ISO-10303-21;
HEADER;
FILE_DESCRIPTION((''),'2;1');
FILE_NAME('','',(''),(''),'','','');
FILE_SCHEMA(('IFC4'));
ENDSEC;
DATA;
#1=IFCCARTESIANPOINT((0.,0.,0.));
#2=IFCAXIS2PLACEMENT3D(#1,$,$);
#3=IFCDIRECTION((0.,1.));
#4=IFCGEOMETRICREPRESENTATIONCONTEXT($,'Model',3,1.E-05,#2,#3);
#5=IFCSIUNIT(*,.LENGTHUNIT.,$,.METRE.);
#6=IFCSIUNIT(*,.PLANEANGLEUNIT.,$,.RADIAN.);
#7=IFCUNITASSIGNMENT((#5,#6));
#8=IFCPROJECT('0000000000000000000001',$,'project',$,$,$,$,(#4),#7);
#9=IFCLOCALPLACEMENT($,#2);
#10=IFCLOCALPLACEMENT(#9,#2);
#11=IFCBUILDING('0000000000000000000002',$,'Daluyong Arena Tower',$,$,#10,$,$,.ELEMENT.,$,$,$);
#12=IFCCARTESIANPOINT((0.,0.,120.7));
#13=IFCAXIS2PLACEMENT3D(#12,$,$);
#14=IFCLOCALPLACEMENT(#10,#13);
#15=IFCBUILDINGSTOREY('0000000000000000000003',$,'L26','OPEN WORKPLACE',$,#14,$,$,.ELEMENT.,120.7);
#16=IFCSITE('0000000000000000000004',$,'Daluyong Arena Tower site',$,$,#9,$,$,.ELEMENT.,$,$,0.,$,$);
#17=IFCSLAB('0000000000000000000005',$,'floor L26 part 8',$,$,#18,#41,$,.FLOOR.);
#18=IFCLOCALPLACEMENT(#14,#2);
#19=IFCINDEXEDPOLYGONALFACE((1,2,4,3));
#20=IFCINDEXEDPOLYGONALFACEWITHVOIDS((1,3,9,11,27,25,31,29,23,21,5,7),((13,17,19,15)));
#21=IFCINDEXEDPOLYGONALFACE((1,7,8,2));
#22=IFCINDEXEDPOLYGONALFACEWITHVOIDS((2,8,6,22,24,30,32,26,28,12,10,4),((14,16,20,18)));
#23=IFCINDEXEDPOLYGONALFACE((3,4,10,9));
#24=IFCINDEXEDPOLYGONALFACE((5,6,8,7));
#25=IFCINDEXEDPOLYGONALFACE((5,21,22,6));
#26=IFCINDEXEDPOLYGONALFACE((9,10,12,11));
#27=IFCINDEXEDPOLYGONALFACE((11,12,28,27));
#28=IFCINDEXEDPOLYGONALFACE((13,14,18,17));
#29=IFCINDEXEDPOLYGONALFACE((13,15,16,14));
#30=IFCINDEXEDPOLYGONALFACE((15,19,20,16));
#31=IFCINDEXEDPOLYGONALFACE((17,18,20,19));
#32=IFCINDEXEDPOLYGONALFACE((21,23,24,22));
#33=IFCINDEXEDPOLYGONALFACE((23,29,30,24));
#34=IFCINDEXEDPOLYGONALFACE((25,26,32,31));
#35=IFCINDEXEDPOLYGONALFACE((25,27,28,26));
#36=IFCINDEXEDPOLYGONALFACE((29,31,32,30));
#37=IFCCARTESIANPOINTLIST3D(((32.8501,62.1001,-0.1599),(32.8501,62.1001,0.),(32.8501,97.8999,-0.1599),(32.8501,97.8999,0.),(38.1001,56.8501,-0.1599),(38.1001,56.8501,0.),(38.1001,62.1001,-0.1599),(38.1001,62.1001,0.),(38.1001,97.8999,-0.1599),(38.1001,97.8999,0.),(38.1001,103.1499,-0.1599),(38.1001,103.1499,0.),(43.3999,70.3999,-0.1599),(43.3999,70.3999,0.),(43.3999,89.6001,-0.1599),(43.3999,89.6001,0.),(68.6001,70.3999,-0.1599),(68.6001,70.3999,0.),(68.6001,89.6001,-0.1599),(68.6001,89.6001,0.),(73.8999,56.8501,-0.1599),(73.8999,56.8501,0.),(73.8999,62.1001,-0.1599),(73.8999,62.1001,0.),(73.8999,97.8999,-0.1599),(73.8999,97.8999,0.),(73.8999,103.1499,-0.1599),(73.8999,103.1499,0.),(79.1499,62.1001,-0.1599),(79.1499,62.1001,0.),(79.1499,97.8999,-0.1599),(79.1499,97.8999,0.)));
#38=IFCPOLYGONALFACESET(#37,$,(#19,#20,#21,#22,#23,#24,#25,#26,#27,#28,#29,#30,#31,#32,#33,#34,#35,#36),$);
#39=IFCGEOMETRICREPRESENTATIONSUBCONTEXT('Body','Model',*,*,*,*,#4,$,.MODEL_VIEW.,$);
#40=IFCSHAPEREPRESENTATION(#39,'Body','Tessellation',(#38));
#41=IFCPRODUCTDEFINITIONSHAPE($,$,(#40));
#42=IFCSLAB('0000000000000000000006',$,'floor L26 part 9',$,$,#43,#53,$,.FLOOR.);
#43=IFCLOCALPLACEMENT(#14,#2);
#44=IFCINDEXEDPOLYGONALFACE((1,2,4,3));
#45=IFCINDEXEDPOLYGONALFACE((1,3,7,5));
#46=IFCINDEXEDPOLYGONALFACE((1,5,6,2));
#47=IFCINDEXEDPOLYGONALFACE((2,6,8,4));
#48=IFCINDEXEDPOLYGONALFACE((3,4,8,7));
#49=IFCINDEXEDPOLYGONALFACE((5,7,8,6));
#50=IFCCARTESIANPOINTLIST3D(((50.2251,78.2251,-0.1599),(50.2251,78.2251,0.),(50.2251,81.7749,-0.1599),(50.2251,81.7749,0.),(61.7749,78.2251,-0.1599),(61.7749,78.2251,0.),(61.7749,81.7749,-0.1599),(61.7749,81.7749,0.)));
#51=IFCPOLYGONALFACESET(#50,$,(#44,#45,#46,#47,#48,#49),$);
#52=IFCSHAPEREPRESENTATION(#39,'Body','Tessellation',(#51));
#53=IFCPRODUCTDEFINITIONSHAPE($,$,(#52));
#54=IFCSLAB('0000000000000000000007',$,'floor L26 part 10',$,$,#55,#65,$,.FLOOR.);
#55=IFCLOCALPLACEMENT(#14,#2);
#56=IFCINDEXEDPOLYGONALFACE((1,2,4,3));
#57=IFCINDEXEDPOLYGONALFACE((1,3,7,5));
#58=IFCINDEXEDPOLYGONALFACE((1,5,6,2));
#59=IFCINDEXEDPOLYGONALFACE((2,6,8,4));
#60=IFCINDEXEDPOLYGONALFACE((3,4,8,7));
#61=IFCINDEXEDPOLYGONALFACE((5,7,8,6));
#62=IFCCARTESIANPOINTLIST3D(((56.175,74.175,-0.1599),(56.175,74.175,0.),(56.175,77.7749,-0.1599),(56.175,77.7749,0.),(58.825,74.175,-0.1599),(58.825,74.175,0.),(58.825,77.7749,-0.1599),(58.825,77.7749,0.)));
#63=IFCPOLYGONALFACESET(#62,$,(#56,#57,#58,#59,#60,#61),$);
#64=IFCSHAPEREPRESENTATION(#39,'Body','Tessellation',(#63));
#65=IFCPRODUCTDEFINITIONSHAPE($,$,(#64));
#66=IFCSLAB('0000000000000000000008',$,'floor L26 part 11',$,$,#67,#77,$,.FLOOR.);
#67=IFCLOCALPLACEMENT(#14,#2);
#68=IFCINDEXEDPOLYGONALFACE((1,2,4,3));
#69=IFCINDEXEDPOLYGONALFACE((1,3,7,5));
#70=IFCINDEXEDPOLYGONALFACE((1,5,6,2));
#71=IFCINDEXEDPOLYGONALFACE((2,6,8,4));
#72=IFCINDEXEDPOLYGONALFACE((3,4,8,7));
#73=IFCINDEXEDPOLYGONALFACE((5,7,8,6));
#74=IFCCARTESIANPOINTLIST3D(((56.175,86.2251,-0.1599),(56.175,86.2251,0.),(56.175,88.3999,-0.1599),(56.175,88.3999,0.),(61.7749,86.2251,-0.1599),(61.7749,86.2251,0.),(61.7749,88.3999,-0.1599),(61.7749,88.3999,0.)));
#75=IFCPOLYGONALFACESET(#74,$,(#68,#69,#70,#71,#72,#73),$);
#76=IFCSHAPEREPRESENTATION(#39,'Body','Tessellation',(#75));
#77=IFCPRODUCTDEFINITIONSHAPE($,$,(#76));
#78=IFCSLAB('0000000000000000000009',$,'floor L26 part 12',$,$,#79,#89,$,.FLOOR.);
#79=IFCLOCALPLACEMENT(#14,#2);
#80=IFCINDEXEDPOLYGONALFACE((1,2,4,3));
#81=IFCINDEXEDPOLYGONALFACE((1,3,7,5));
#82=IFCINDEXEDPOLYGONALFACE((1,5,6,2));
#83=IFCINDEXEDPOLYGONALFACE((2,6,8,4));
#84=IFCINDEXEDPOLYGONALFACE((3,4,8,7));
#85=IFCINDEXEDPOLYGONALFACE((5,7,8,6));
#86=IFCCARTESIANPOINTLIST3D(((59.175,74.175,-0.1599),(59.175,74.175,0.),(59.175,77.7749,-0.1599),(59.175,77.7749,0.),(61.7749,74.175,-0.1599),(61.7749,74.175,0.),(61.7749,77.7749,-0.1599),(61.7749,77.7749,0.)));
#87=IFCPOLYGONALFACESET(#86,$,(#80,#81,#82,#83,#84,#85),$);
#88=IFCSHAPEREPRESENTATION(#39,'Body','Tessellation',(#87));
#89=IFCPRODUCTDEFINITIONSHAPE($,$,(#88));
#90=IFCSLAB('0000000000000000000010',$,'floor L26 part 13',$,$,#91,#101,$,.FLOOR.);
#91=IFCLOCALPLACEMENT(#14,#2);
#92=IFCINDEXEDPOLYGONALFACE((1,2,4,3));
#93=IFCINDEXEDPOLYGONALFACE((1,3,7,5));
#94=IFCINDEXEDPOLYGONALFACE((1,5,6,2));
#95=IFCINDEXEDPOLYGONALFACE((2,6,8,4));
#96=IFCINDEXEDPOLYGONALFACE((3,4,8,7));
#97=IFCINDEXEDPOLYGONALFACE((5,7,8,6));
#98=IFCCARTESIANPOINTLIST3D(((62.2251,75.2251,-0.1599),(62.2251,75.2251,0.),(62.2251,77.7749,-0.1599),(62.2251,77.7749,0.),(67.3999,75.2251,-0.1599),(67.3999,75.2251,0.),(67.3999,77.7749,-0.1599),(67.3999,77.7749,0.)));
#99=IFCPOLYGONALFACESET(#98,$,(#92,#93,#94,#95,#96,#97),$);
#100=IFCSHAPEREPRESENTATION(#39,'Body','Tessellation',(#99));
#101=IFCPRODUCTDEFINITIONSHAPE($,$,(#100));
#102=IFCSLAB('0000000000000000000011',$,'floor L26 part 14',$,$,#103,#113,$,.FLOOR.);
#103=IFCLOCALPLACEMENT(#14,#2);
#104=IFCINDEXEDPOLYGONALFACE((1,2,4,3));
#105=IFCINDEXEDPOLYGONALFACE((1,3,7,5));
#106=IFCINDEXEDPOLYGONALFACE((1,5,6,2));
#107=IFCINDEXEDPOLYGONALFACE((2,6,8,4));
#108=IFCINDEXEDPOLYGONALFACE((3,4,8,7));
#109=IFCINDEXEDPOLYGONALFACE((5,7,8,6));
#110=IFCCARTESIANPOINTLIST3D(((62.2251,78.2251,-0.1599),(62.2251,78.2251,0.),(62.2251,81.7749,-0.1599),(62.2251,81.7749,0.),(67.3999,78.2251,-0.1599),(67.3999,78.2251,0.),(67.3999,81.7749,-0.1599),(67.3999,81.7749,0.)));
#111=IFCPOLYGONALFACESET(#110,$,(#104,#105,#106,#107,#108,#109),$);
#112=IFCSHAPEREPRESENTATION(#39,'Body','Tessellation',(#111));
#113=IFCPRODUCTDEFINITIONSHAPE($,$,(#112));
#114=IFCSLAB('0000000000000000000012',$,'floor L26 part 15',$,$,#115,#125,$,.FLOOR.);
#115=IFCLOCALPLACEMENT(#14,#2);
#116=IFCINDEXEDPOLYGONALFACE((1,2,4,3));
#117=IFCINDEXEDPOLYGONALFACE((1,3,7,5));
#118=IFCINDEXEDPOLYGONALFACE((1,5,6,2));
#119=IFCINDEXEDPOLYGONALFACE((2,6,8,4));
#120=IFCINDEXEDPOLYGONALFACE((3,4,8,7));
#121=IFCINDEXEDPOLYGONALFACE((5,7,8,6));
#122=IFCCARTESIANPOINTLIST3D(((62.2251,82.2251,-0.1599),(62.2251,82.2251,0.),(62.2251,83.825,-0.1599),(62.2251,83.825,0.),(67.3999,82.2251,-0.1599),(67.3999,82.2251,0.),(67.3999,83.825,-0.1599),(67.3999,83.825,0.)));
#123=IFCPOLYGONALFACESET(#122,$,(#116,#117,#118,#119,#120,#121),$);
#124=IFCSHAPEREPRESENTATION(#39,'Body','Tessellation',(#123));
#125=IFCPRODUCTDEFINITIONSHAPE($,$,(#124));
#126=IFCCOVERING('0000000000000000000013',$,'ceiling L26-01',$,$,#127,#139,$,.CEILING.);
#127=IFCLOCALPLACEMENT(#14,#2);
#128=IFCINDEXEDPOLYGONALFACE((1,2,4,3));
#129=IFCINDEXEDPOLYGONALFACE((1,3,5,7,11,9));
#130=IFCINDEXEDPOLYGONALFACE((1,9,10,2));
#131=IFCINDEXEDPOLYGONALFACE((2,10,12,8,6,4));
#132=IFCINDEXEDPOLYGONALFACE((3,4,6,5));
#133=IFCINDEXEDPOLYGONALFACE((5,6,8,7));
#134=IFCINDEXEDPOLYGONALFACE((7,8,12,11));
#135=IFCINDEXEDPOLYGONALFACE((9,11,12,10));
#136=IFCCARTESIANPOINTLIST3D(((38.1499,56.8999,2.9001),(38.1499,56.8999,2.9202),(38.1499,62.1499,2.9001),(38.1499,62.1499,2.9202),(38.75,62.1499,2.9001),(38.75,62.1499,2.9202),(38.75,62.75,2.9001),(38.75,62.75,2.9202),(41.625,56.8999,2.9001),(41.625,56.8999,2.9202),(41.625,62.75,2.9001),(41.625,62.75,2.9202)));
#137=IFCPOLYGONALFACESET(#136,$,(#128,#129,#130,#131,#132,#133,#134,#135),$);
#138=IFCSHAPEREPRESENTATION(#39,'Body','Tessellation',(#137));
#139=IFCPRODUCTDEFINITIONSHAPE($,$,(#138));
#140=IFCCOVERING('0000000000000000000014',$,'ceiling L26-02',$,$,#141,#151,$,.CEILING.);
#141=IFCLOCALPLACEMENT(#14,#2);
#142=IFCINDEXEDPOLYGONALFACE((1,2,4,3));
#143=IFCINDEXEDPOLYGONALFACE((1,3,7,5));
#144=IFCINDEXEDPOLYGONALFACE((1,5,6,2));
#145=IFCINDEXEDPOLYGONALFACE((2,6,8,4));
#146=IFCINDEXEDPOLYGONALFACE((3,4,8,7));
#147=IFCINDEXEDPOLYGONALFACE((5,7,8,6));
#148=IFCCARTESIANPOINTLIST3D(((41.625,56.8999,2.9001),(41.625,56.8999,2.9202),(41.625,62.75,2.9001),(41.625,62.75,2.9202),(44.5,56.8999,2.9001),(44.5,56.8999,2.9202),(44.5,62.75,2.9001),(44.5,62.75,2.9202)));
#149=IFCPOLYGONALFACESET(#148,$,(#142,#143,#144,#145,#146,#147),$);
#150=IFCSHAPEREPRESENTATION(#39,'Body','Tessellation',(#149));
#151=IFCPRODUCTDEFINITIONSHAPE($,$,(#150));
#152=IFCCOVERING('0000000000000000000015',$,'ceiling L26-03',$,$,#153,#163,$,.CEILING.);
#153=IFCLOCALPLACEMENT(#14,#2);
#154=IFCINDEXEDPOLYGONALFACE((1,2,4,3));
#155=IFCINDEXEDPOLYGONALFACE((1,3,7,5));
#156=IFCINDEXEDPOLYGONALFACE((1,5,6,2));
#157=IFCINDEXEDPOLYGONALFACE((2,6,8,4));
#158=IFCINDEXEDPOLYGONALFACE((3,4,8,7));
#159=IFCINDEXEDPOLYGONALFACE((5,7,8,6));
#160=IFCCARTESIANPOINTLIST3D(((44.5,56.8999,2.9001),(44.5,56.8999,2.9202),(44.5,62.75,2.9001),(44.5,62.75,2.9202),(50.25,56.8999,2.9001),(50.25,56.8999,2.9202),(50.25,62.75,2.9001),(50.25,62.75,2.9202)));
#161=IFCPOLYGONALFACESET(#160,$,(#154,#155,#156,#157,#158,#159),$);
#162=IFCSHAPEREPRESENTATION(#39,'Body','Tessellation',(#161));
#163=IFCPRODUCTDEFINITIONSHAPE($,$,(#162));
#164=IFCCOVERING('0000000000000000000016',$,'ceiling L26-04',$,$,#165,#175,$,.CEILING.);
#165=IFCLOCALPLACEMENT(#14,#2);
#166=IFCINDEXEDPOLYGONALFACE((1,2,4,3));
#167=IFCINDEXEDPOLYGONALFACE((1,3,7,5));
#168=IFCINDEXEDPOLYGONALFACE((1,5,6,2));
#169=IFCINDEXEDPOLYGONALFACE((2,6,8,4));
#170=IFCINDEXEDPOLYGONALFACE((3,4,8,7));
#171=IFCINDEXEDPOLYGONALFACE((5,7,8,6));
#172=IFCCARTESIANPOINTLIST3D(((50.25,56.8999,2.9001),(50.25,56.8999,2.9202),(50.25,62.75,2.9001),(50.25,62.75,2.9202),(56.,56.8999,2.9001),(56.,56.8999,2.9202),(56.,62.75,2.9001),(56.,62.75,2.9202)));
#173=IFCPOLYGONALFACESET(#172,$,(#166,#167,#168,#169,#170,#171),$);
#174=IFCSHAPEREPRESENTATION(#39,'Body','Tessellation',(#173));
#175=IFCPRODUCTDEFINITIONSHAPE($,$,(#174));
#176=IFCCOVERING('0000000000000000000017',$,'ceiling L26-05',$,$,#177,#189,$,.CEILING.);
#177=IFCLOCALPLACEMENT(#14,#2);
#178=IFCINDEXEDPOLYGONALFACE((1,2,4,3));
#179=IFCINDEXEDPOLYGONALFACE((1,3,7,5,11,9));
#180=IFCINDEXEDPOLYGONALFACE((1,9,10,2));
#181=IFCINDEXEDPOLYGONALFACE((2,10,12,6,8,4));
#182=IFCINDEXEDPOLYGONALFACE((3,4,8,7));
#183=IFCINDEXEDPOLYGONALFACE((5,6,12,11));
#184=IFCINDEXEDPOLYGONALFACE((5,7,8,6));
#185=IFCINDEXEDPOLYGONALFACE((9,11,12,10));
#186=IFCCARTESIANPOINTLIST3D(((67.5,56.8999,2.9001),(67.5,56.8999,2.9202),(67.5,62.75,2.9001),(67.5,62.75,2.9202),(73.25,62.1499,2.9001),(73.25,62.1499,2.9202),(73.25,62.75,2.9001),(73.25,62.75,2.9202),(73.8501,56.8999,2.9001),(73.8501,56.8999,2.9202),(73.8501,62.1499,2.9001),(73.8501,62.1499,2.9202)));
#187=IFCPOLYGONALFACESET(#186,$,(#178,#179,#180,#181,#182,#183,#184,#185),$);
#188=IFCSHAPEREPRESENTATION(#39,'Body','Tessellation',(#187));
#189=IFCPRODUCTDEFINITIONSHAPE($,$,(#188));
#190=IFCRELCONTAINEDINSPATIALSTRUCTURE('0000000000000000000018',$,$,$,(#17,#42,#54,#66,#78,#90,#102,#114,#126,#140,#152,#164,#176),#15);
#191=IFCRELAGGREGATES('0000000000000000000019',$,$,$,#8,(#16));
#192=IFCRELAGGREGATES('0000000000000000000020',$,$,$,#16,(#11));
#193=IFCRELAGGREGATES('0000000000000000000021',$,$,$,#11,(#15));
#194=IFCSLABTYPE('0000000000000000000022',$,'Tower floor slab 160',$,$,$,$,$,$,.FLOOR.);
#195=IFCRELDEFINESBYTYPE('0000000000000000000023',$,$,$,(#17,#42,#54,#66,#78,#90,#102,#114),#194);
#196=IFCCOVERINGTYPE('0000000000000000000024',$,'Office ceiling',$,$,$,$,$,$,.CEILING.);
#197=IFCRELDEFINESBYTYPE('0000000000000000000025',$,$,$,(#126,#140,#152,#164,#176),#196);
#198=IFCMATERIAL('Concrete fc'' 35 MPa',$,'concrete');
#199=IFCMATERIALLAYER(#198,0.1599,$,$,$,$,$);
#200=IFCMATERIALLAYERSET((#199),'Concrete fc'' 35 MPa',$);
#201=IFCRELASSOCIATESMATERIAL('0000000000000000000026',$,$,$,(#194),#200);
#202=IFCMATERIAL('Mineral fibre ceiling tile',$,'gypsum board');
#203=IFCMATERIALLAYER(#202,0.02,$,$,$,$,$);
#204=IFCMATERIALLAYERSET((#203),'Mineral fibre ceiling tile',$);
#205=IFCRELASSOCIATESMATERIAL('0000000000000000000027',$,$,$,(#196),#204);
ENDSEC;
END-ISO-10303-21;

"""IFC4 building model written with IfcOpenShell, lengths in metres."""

from ifc_helpers import new_model, si_unit, direction, frame, origin, place, context, subcontext, project, spatial, polyline, outline, extrude, material, layer, layer_set, type_object, element, save


model = new_model("IFC4")

# Units and contexts
model_context = context("Model", 3, precision=1e-05, world=origin(), true_north=direction((0.0, 1.0)))
body_context = subcontext(model_context, "Body", "Model", "MODEL_VIEW")
ifc_project = project(units=[si_unit("LENGTHUNIT", "METRE"), si_unit("PLANEANGLEUNIT", "RADIAN")], contexts=[model_context])

# Site, building, storey
site_placement = place(None, origin())
site = spatial("IfcSite", under=ifc_project, at=site_placement, Name="Daluyong Arena Tower site", CompositionType="ELEMENT", RefElevation=0.0)
building_placement = place(site_placement, origin())
building = spatial("IfcBuilding", under=site, at=building_placement, Name="Daluyong Arena Tower", CompositionType="ELEMENT")
storey_placement = place(building_placement, frame((0.0, 0.0, 120.7)))
storey = spatial("IfcBuildingStorey", under=building, at=storey_placement, Name="L26", Description="OPEN WORKPLACE", CompositionType="ELEMENT", Elevation=120.7)

# Slabs
ifc_material_1 = material(Name="Concrete fc' 35 MPa", Category="concrete")
ifc_layer_1 = layer(ifc_material_1, 0.1599)
ifc_layer_set_1 = layer_set([ifc_layer_1], Name="Concrete fc' 35 MPa")
slab_type_1 = type_object("IfcSlabType", Name="Tower floor slab 160", PredefinedType="FLOOR", material=ifc_layer_set_1)
slab_1_placement = place(storey_placement, frame((0.0, 0.0, -0.1599)))
element("IfcSlab", 1, at=slab_1_placement, inside=storey, type_object=slab_type_1, Name="floor L26 part 8", PredefinedType="FLOOR", context=body_context, shape_type="SweptSolid", body=[
    extrude(outline(polyline([(38.1001, 62.1001), (38.1001, 56.8501), (73.8999, 56.8501), (73.8999, 62.1001), (79.1499, 62.1001), (79.1499, 97.8999), (73.8999, 97.8999), (73.8999, 103.1499), (38.1001, 103.1499), (38.1001, 97.8999), (32.8501, 97.8999), (32.8501, 62.1001), (38.1001, 62.1001)]), holes=[polyline([(68.6001, 89.6001), (68.6001, 70.3999), (43.3999, 70.3999), (43.3999, 89.6001), (68.6001, 89.6001)])]), origin(), (0.0, 0.0, 1.0), 0.1599),
])
slab_2_placement = place(storey_placement, frame((0.0, 0.0, -0.1599)))
element("IfcSlab", 2, at=slab_2_placement, inside=storey, type_object=slab_type_1, Name="floor L26 part 9", PredefinedType="FLOOR", context=body_context, shape_type="SweptSolid", body=[
    extrude(outline(polyline([(61.7749, 78.2251), (61.7749, 81.7749), (50.2251, 81.7749), (50.2251, 78.2251), (61.7749, 78.2251)])), origin(), (0.0, 0.0, 1.0), 0.1599),
])
slab_3_placement = place(storey_placement, frame((0.0, 0.0, -0.1599)))
element("IfcSlab", 3, at=slab_3_placement, inside=storey, type_object=slab_type_1, Name="floor L26 part 10", PredefinedType="FLOOR", context=body_context, shape_type="SweptSolid", body=[
    extrude(outline(polyline([(58.825, 77.7749), (56.175, 77.7749), (56.175, 74.175), (58.825, 74.175), (58.825, 77.7749)])), origin(), (0.0, 0.0, 1.0), 0.1599),
])
slab_4_placement = place(storey_placement, frame((0.0, 0.0, -0.1599)))
element("IfcSlab", 4, at=slab_4_placement, inside=storey, type_object=slab_type_1, Name="floor L26 part 11", PredefinedType="FLOOR", context=body_context, shape_type="SweptSolid", body=[
    extrude(outline(polyline([(56.175, 88.3999), (56.175, 86.2251), (61.7749, 86.2251), (61.7749, 88.3999), (56.175, 88.3999)])), origin(), (0.0, 0.0, 1.0), 0.1599),
])
slab_5_placement = place(storey_placement, frame((0.0, 0.0, -0.1599)))
element("IfcSlab", 5, at=slab_5_placement, inside=storey, type_object=slab_type_1, Name="floor L26 part 12", PredefinedType="FLOOR", context=body_context, shape_type="SweptSolid", body=[
    extrude(outline(polyline([(59.175, 77.7749), (59.175, 74.175), (61.7749, 74.175), (61.7749, 77.7749), (59.175, 77.7749)])), origin(), (0.0, 0.0, 1.0), 0.1599),
])
slab_6_placement = place(storey_placement, frame((0.0, 0.0, -0.1599)))
element("IfcSlab", 6, at=slab_6_placement, inside=storey, type_object=slab_type_1, Name="floor L26 part 13", PredefinedType="FLOOR", context=body_context, shape_type="SweptSolid", body=[
    extrude(outline(polyline([(62.2251, 75.2251), (67.3999, 75.2251), (67.3999, 77.7749), (62.2251, 77.7749), (62.2251, 75.2251)])), origin(), (0.0, 0.0, 1.0), 0.1599),
])
slab_7_placement = place(storey_placement, frame((0.0, 0.0, -0.1599)))
element("IfcSlab", 7, at=slab_7_placement, inside=storey, type_object=slab_type_1, Name="floor L26 part 14", PredefinedType="FLOOR", context=body_context, shape_type="SweptSolid", body=[
    extrude(outline(polyline([(62.2251, 78.2251), (67.3999, 78.2251), (67.3999, 81.7749), (62.2251, 81.7749), (62.2251, 78.2251)])), origin(), (0.0, 0.0, 1.0), 0.1599),
])
slab_8_placement = place(storey_placement, frame((0.0, 0.0, -0.1599)))
element("IfcSlab", 8, at=slab_8_placement, inside=storey, type_object=slab_type_1, Name="floor L26 part 15", PredefinedType="FLOOR", context=body_context, shape_type="SweptSolid", body=[
    extrude(outline(polyline([(62.2251, 82.2251), (67.3999, 82.2251), (67.3999, 83.825), (62.2251, 83.825), (62.2251, 82.2251)])), origin(), (0.0, 0.0, 1.0), 0.1599),
])

# Coverings
ifc_material_2 = material(Name="Mineral fibre ceiling tile", Category="gypsum board")
ifc_layer_2 = layer(ifc_material_2, 0.02)
ifc_layer_set_2 = layer_set([ifc_layer_2], Name="Mineral fibre ceiling tile")
covering_type = type_object("IfcCoveringType", Name="Office ceiling", PredefinedType="CEILING", material=ifc_layer_set_2)
covering_1_placement = place(storey_placement, frame((0.0, 0.0, 2.9001)))
element("IfcCovering", 9, at=covering_1_placement, inside=storey, type_object=covering_type, Name="ceiling L26-01", PredefinedType="CEILING", context=body_context, shape_type="SweptSolid", body=[
    extrude(outline(polyline([(38.1499, 62.1499), (38.1499, 56.8999), (41.625, 56.8999), (41.625, 62.75), (38.75, 62.75), (38.75, 62.1499), (38.1499, 62.1499)])), origin(), (0.0, 0.0, 1.0), 0.02),
])
covering_2_placement = place(storey_placement, frame((0.0, 0.0, 2.9001)))
element("IfcCovering", 10, at=covering_2_placement, inside=storey, type_object=covering_type, Name="ceiling L26-02", PredefinedType="CEILING", context=body_context, shape_type="SweptSolid", body=[
    extrude(outline(polyline([(41.625, 62.75), (41.625, 56.8999), (44.5, 56.8999), (44.5, 62.75), (41.625, 62.75)])), origin(), (0.0, 0.0, 1.0), 0.02),
])
covering_3_placement = place(storey_placement, frame((0.0, 0.0, 2.9001)))
element("IfcCovering", 11, at=covering_3_placement, inside=storey, type_object=covering_type, Name="ceiling L26-03", PredefinedType="CEILING", context=body_context, shape_type="SweptSolid", body=[
    extrude(outline(polyline([(44.5, 62.75), (44.5, 56.8999), (50.25, 56.8999), (50.25, 62.75), (44.5, 62.75)])), origin(), (0.0, 0.0, 1.0), 0.02),
])
covering_4_placement = place(storey_placement, frame((0.0, 0.0, 2.9001)))
element("IfcCovering", 12, at=covering_4_placement, inside=storey, type_object=covering_type, Name="ceiling L26-04", PredefinedType="CEILING", context=body_context, shape_type="SweptSolid", body=[
    extrude(outline(polyline([(50.25, 62.75), (50.25, 56.8999), (56.0, 56.8999), (56.0, 62.75), (50.25, 62.75)])), origin(), (0.0, 0.0, 1.0), 0.02),
])
covering_5_placement = place(storey_placement, frame((0.0, 0.0, 2.9001)))
element("IfcCovering", 13, at=covering_5_placement, inside=storey, type_object=covering_type, Name="ceiling L26-05", PredefinedType="CEILING", context=body_context, shape_type="SweptSolid", body=[
    extrude(outline(polyline([(73.8501, 56.8999), (73.8501, 62.1499), (73.25, 62.1499), (73.25, 62.75), (67.5, 62.75), (67.5, 56.8999), (73.8501, 56.8999)])), origin(), (0.0, 0.0, 1.0), 0.02),
])

save(model, "model.ifc")
